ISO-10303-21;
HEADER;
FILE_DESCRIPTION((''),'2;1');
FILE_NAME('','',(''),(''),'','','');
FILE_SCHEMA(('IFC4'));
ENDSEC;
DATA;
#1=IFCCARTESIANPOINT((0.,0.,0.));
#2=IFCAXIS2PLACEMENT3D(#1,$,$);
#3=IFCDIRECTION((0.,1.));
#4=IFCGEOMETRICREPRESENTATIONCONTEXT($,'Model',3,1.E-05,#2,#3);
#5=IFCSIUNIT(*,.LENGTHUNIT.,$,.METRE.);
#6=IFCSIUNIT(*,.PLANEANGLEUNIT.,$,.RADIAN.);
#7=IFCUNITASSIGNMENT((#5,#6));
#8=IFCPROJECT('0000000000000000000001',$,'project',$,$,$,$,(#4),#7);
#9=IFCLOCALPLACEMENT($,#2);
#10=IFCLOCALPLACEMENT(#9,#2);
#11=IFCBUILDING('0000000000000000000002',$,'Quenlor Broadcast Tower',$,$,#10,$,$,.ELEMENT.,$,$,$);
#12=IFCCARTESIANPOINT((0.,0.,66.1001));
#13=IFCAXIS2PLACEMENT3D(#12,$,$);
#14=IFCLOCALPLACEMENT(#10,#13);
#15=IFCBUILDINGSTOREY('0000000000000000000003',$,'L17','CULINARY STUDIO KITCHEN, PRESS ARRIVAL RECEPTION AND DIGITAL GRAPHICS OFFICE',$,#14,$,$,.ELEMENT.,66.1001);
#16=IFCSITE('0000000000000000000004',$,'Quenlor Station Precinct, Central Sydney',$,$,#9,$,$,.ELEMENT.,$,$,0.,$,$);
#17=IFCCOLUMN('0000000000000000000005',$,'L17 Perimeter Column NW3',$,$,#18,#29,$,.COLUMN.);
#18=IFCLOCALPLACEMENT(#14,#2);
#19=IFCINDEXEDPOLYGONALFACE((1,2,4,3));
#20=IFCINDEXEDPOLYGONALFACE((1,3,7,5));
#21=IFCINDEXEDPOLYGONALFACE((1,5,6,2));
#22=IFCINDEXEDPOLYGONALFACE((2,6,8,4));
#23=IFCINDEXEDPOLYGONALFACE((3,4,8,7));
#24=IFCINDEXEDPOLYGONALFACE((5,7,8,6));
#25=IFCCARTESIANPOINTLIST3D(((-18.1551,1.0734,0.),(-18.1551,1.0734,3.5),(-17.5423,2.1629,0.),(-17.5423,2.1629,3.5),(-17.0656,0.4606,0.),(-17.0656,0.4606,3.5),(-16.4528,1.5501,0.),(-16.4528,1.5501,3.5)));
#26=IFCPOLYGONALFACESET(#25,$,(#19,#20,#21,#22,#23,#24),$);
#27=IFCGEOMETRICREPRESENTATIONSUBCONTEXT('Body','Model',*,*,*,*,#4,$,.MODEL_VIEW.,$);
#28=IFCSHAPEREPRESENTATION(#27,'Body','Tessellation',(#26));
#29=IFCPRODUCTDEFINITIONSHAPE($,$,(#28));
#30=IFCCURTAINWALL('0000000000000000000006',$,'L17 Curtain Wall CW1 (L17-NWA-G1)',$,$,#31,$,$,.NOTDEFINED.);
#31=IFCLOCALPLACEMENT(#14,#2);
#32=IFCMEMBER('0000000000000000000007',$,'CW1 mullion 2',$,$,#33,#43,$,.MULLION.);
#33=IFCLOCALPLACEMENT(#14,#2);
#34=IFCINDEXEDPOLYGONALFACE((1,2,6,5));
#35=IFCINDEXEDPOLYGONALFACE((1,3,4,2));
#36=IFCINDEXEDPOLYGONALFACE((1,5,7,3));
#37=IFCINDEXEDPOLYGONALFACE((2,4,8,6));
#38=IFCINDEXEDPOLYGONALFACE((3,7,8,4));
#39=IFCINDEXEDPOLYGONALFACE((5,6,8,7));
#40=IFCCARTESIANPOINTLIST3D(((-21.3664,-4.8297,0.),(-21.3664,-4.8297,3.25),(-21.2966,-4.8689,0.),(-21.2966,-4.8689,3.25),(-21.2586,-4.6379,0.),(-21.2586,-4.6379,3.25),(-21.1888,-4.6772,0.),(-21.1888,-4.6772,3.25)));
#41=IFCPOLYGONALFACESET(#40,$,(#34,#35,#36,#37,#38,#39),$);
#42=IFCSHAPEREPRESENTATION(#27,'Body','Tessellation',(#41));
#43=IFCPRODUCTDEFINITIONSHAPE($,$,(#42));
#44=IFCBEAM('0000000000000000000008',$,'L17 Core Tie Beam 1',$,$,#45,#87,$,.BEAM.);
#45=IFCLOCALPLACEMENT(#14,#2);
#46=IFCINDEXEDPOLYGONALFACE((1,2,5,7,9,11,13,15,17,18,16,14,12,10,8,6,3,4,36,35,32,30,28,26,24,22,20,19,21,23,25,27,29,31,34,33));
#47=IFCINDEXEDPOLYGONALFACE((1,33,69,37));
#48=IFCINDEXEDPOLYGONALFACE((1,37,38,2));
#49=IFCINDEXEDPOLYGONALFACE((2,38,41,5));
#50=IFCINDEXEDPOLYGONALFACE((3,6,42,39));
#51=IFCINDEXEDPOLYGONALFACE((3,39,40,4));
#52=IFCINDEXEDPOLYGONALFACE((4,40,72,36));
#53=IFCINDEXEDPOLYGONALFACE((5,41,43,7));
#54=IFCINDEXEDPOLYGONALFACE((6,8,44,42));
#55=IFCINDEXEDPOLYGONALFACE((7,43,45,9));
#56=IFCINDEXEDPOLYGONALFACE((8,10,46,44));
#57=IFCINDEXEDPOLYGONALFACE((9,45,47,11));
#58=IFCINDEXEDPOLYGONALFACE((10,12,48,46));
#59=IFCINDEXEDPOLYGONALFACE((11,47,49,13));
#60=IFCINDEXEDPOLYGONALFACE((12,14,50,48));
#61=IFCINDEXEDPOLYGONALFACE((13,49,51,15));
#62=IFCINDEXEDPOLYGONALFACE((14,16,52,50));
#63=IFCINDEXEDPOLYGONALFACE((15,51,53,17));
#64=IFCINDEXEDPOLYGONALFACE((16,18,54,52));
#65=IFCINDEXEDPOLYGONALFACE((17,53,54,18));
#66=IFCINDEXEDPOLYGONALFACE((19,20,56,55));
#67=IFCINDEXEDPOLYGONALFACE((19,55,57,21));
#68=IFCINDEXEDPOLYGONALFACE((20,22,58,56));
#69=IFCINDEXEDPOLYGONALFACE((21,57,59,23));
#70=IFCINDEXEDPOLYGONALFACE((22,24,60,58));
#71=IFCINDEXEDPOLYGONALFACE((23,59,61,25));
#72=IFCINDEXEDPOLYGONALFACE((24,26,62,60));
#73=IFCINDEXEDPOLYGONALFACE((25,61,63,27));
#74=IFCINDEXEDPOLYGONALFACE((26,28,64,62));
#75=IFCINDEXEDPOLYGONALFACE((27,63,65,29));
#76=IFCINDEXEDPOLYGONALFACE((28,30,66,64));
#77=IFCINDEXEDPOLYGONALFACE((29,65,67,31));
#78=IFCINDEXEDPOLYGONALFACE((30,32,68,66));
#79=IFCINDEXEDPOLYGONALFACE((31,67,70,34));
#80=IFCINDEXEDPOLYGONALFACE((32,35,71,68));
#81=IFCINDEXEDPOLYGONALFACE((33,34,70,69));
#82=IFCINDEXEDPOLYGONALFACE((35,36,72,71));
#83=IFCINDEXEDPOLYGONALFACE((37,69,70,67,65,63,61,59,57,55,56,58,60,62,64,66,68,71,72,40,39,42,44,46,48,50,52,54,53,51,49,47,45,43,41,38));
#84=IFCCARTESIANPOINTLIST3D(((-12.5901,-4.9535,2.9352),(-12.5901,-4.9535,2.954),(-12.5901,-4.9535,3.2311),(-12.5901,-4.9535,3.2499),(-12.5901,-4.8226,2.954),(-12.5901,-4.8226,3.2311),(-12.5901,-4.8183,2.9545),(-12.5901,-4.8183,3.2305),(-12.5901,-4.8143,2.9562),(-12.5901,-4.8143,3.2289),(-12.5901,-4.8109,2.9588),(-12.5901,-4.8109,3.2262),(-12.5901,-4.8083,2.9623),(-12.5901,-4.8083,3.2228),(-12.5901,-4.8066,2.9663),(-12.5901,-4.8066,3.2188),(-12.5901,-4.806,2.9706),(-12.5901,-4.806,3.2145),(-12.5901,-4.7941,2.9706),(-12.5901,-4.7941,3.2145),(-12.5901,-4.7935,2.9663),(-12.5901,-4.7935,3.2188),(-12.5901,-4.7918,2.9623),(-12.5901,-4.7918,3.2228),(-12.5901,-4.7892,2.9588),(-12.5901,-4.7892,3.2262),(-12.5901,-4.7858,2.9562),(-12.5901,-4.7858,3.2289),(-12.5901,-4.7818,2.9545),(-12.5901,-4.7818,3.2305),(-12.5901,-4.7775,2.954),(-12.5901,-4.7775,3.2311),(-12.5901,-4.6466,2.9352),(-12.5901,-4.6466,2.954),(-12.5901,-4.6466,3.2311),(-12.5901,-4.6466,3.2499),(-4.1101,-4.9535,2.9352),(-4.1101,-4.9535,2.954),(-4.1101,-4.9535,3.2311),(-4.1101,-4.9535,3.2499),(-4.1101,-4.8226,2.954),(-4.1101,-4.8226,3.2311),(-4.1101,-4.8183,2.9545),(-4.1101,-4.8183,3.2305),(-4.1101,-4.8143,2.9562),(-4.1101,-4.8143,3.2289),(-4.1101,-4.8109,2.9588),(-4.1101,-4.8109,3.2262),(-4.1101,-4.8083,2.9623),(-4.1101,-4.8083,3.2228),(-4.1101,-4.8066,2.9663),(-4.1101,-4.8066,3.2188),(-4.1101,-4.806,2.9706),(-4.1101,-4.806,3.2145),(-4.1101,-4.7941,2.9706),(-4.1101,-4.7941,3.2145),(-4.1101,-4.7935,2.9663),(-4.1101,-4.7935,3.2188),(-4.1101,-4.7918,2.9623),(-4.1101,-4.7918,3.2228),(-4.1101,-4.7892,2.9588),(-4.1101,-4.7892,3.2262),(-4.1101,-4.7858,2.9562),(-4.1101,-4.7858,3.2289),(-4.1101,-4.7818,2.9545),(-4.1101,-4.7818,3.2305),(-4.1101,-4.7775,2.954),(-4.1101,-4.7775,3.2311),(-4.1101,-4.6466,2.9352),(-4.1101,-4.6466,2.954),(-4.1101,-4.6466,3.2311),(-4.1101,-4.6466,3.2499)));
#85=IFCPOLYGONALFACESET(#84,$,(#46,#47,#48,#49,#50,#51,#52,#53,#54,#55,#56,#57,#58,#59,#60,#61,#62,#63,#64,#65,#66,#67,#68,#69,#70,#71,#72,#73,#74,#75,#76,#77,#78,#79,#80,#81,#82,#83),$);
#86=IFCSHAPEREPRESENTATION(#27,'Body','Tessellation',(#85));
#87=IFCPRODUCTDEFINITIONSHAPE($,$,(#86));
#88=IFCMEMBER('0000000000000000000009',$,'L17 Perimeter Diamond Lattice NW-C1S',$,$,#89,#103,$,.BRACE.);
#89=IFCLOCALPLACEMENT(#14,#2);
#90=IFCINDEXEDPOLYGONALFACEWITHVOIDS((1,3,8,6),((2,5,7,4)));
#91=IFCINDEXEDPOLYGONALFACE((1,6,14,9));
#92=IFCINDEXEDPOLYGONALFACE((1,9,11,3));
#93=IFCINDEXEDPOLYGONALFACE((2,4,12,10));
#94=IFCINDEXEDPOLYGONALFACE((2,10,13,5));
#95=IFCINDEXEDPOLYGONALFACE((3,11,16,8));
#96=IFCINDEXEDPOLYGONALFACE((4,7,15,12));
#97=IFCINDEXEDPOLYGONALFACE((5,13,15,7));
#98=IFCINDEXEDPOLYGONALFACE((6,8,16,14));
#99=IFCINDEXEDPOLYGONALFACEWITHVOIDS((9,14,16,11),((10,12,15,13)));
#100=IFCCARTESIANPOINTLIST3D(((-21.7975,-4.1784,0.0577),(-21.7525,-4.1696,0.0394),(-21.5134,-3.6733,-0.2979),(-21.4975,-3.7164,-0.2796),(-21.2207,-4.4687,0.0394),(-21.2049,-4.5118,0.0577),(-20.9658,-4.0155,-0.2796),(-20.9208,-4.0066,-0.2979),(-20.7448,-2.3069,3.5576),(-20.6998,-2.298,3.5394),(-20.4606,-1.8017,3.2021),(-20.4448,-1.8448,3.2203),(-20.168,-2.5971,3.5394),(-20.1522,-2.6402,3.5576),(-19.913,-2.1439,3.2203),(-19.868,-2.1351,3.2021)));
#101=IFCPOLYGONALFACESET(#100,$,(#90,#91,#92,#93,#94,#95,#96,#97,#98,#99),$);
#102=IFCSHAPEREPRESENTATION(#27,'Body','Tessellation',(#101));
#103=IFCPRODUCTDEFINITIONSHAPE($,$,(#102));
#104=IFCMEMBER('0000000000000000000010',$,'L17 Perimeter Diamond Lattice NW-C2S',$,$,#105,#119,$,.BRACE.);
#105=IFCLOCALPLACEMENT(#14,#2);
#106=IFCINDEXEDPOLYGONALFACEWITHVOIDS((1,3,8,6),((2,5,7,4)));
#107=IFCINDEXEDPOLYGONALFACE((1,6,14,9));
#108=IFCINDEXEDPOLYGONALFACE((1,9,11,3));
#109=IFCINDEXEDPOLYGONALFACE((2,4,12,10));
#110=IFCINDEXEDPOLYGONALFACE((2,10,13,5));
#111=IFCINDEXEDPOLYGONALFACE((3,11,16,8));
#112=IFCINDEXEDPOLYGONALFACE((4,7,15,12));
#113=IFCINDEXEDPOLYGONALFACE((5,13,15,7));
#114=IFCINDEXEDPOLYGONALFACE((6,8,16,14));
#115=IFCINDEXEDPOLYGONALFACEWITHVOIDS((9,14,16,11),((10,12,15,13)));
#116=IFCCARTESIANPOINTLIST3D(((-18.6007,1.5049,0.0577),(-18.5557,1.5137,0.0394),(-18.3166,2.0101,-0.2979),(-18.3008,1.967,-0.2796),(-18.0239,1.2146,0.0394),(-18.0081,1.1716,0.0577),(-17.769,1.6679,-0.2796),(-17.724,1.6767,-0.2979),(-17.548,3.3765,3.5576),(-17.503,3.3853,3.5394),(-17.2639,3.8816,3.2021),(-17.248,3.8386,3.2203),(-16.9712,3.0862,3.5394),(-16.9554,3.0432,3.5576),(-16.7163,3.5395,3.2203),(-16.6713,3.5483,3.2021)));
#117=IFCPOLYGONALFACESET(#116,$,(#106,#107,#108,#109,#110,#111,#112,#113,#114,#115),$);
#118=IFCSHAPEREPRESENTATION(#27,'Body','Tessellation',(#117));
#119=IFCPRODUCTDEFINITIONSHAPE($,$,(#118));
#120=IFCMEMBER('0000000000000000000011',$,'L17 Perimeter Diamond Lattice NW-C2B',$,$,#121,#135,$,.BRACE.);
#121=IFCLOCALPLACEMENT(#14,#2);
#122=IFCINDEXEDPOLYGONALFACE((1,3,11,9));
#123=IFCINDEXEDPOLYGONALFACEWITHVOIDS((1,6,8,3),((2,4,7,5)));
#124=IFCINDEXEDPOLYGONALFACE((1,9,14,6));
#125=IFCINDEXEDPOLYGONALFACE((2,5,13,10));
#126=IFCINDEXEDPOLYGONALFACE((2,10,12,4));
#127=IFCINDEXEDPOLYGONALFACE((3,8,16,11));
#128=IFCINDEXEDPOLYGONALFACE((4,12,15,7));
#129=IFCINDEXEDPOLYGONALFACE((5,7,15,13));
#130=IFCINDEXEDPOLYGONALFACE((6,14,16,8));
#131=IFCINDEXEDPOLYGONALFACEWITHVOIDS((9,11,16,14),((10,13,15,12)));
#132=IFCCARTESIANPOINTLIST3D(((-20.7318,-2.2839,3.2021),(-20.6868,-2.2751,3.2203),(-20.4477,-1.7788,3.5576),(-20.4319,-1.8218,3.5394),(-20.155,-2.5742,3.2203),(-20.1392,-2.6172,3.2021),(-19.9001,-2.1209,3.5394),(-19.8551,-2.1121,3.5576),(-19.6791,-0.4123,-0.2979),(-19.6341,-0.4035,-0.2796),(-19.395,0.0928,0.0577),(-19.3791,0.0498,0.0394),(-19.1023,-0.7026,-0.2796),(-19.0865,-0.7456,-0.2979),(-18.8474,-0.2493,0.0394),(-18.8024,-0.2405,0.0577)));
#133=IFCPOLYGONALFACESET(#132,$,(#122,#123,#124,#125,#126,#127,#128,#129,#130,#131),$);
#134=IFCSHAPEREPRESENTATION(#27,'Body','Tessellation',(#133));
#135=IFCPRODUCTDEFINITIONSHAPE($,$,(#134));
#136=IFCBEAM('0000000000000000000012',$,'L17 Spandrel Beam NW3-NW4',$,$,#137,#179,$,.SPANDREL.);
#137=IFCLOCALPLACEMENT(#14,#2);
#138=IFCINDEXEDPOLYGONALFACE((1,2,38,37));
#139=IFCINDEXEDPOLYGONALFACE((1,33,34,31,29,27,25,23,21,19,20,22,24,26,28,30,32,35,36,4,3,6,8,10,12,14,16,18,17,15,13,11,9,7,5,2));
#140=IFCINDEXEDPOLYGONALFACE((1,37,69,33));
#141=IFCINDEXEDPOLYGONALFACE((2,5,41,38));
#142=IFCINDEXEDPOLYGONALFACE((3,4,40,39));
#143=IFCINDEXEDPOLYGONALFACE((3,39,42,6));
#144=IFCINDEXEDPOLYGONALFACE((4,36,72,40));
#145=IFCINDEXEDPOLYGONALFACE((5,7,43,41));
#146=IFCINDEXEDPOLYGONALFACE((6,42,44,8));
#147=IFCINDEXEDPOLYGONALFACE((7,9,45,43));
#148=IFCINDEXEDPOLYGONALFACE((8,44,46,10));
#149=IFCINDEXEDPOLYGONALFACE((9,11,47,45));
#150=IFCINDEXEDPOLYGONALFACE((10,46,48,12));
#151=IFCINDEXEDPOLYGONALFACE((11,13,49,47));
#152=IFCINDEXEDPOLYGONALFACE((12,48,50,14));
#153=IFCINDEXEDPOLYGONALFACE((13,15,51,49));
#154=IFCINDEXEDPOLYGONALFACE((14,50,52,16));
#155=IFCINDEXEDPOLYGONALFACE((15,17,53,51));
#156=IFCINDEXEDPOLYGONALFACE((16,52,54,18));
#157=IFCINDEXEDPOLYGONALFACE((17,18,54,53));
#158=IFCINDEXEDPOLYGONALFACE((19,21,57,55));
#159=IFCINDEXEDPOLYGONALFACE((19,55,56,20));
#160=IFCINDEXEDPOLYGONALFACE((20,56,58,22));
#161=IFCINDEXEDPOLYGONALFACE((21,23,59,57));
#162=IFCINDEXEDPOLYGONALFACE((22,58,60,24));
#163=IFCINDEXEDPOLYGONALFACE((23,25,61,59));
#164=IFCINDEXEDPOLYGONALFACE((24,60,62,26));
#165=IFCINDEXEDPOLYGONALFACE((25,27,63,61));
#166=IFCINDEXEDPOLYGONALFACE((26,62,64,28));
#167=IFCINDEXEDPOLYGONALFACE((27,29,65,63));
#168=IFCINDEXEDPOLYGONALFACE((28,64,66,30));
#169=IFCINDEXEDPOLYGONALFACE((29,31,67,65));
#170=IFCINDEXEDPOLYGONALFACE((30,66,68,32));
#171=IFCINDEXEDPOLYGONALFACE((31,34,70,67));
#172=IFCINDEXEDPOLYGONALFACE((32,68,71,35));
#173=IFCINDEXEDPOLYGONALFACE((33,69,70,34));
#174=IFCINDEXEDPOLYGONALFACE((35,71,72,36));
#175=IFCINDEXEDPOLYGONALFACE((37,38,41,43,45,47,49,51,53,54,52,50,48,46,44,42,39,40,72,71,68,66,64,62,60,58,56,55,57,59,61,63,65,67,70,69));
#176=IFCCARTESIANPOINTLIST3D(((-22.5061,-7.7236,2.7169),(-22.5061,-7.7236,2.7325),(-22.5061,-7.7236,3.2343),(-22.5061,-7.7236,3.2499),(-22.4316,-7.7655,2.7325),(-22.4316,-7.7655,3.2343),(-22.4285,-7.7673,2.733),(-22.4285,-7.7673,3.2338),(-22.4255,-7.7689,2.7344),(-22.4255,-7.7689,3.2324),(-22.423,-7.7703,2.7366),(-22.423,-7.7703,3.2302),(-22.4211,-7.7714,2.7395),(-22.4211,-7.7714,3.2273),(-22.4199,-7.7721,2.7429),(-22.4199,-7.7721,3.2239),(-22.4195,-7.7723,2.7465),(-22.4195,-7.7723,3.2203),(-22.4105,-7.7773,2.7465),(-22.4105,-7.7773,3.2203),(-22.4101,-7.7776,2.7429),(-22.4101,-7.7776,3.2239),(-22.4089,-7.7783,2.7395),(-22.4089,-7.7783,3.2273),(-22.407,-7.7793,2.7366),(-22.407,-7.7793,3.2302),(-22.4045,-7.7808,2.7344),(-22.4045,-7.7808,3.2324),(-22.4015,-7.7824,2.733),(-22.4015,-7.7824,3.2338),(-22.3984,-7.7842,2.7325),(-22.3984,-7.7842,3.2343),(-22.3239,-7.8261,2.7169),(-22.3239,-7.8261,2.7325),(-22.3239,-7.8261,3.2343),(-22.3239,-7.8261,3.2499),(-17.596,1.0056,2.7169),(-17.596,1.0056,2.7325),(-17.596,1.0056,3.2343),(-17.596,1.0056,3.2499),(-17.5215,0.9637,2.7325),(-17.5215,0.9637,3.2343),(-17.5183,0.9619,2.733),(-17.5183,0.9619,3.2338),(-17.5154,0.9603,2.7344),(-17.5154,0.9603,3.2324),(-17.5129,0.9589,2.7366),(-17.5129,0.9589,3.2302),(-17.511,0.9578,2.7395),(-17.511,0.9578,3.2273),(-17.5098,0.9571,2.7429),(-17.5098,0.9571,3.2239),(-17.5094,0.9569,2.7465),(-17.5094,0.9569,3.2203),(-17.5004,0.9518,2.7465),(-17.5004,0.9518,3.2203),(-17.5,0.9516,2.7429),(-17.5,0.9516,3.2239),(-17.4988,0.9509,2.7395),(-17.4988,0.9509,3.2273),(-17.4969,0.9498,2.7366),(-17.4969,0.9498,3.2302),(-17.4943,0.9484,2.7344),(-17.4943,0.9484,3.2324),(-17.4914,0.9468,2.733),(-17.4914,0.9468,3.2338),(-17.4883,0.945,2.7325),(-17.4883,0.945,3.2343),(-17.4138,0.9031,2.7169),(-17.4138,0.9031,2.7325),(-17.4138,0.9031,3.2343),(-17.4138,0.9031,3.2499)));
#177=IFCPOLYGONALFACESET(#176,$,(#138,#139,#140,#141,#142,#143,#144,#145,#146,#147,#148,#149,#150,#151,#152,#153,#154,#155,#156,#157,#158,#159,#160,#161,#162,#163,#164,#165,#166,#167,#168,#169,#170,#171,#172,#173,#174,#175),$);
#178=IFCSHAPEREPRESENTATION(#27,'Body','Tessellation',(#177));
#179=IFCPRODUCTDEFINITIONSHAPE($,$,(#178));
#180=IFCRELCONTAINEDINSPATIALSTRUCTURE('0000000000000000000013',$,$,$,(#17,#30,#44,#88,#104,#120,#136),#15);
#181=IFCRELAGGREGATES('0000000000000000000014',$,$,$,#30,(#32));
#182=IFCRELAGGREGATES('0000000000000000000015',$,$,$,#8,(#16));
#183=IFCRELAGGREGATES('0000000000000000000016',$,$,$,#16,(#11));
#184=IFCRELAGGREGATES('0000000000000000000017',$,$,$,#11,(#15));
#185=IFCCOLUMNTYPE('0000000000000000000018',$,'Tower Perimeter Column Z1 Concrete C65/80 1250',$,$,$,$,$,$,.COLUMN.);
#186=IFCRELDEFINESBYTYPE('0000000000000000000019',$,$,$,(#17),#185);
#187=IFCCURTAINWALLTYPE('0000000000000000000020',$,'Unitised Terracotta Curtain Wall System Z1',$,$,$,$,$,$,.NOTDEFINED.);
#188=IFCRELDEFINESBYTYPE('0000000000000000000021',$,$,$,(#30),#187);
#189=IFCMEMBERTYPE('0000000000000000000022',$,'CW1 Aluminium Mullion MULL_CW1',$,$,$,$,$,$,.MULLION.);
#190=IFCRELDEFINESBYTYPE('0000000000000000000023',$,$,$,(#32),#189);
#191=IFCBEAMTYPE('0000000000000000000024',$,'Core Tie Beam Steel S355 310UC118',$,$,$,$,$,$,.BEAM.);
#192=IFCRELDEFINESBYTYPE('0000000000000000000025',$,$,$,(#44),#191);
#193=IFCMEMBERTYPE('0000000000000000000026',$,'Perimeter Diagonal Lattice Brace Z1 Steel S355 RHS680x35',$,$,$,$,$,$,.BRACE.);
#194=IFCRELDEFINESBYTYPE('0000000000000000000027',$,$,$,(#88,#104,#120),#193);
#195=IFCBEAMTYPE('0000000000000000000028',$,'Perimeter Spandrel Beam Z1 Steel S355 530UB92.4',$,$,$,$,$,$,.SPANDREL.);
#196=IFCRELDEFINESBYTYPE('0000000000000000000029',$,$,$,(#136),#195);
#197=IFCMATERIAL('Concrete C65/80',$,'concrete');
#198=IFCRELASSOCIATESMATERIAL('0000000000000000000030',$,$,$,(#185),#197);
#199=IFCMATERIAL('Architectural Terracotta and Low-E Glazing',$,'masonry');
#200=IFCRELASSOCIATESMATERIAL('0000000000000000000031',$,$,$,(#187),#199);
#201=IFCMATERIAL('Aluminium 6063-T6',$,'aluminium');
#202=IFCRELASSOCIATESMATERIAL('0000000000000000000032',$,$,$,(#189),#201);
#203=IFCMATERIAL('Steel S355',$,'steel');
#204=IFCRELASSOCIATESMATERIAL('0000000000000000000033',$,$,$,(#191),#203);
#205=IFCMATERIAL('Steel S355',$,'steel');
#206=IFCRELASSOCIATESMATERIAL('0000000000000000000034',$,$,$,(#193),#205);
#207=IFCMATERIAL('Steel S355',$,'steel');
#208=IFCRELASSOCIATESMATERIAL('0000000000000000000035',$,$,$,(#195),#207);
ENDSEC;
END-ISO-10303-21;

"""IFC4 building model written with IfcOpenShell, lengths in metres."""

from ifc_helpers import new_model, si_unit, direction, frame, origin, origin_2d, place, context, subcontext, project, spatial, rectangle, hollow_rectangle, i_section, extrude, material, material_profile, profile_set, type_object, element, aggregate, save


model = new_model("IFC4")

# Units and contexts
model_context = context("Model", 3, precision=1e-05, world=origin(), true_north=direction((0.0, 1.0)))
body_context = subcontext(model_context, "Body", "Model", "MODEL_VIEW")
ifc_project = project(units=[si_unit("LENGTHUNIT", "METRE"), si_unit("PLANEANGLEUNIT", "RADIAN")], contexts=[model_context])

# Site, building, storey
site_placement = place(None, origin())
site = spatial("IfcSite", under=ifc_project, at=site_placement, Name="Quenlor Station Precinct, Central Sydney", CompositionType="ELEMENT", RefElevation=0.0)
building_placement = place(site_placement, origin())
building = spatial("IfcBuilding", under=site, at=building_placement, Name="Quenlor Broadcast Tower", CompositionType="ELEMENT")
storey_placement = place(building_placement, frame((0.0, 0.0, 66.1001)))
storey = spatial("IfcBuildingStorey", under=building, at=storey_placement, Name="L17", Description="CULINARY STUDIO KITCHEN, PRESS ARRIVAL RECEPTION AND DIGITAL GRAPHICS OFFICE", CompositionType="ELEMENT", Elevation=66.1001)

# Column
ifc_material_1 = material(Name="Concrete C65/80", Category="concrete")
ifc_material_profile_1 = material_profile(ifc_material_1, rectangle(XDim=1.25, YDim=1.25, at=origin_2d()))
ifc_profile_set_1 = profile_set([ifc_material_profile_1], Name="Concrete C65/80 RC1250x1250")
column_type = type_object("IfcColumnType", Name="Tower Perimeter Column Z1 Concrete C65/80 1250", PredefinedType="COLUMN", material=ifc_profile_set_1)
column_placement = place(storey_placement, frame((-17.304, 1.3118, 0.0), z_axis=(0.0, 0.0, 1.0), x_axis=(-0.871575, 0.490262, 0.0)))
element("IfcColumn", 1, at=column_placement, inside=storey, type_object=column_type, Name="L17 Perimeter Column NW3", PredefinedType="COLUMN", context=body_context, shape_type="SweptSolid", body=[
    extrude(rectangle(XDim=1.25, YDim=1.25, at=origin_2d()), origin(), (0.0, 0.0, 1.0), 3.5),
])

# Curtain wall, member
ifc_material_2 = material(Name="Architectural Terracotta and Low-E Glazing", Category="masonry")
curtain_wall_type = type_object("IfcCurtainWallType", Name="Unitised Terracotta Curtain Wall System Z1", PredefinedType="NOTDEFINED", material=ifc_material_2)
curtain_wall_placement = place(storey_placement, origin())
curtain_wall = element("IfcCurtainWall", 2, at=curtain_wall_placement, inside=storey, type_object=curtain_wall_type, Name="L17 Curtain Wall CW1 (L17-NWA-G1)", PredefinedType="NOTDEFINED")
ifc_material_3 = material(Name="Aluminium 6063-T6", Category="aluminium")
ifc_material_profile_2 = material_profile(ifc_material_3, rectangle(XDim=0.0801, YDim=0.22, at=origin_2d()))
ifc_profile_set_2 = profile_set([ifc_material_profile_2], Name="Aluminium 6063-T6 MULL80x220")
member_type_1 = type_object("IfcMemberType", Name="CW1 Aluminium Mullion MULL_CW1", PredefinedType="MULLION", material=ifc_profile_set_2)
member_placement = place(storey_placement, frame((-21.2776, -4.7534, 0.0), z_axis=(0.0, 0.0, 1.0), x_axis=(-0.871602, 0.490214, 0.0)))
member = element("IfcMember", 3, at=member_placement, type_object=member_type_1, Name="CW1 mullion 2", PredefinedType="MULLION", context=body_context, shape_type="SweptSolid", body=[
    extrude(rectangle(XDim=0.0801, YDim=0.22, at=origin_2d()), origin(), (0.0, 0.0, 1.0), 3.25),
])
aggregate(curtain_wall, [member])

# Beam
ifc_material_4 = material(Name="Steel S355", Category="steel")
ifc_material_profile_3 = material_profile(ifc_material_4, i_section(OverallWidth=0.3069, OverallDepth=0.3147, WebThickness=0.012, FlangeThickness=0.0188, FilletRadius=0.0166, at=origin_2d()))
ifc_profile_set_3 = profile_set([ifc_material_profile_3], Name="Steel S355 310UC118")
beam_type_1 = type_object("IfcBeamType", Name="Core Tie Beam Steel S355 310UC118", PredefinedType="BEAM", material=ifc_profile_set_3)
beam_1_placement = place(storey_placement, frame((-12.5901, -4.8, 3.0925), z_axis=(1.0, 0.0, 0.0), x_axis=(0.0, 1.0, 0.0)))
element("IfcBeam", 4, at=beam_1_placement, inside=storey, type_object=beam_type_1, Name="L17 Core Tie Beam 1", PredefinedType="BEAM", context=body_context, shape_type="SweptSolid", body=[
    extrude(i_section(OverallWidth=0.3069, OverallDepth=0.3147, WebThickness=0.012, FlangeThickness=0.0188, FilletRadius=0.0166, at=origin_2d()), origin(), (0.0, 0.0, 1.0), 8.48),
])

# Members
ifc_material_5 = material(Name="Steel S355", Category="steel")
ifc_material_profile_4 = material_profile(ifc_material_5, hollow_rectangle(XDim=0.6799, YDim=0.6799, WallThickness=0.0349, at=origin_2d()))
ifc_profile_set_4 = profile_set([ifc_material_profile_4], Name="Steel S355 RHS680x680x35")
member_type_2 = type_object("IfcMemberType", Name="Perimeter Diagonal Lattice Brace Z1 Steel S355 RHS680x35", PredefinedType="BRACE", material=ifc_profile_set_4)
for number, where, z_axis, x_axis, name in (
    (5, (-21.3591, -4.0925, -0.1201), (0.256375, 0.455792, 0.852365), (-0.871582, 0.49025, 0.0), "L17 Perimeter Diamond Lattice NW-C1S"),
    (6, (-18.1624, 1.5908, -0.1201), (0.256375, 0.455792, 0.852365), (-0.871582, 0.49025, 0.0), "L17 Perimeter Diamond Lattice NW-C2S"),
    (7, (-19.2407, -0.3264, -0.1201), (-0.256375, -0.455792, 0.852365), (0.871582, -0.49025, 0.0), "L17 Perimeter Diamond Lattice NW-C2B"),
):
    element("IfcMember", number, at=place(storey_placement, frame(where, z_axis=z_axis, x_axis=x_axis)), inside=storey, type_object=member_type_2, Name=name, PredefinedType="BRACE", context=body_context, shape_type="SweptSolid", body=[
        extrude(hollow_rectangle(XDim=0.6799, YDim=0.6799, WallThickness=0.0349, at=origin_2d()), origin(), (0.0, 0.0, 1.0), 4.1062),
    ])

# Beam
ifc_material_6 = material(Name="Steel S355", Category="steel")
ifc_material_profile_5 = material_profile(ifc_material_6, i_section(OverallWidth=0.209, OverallDepth=0.533, WebThickness=0.0103, FlangeThickness=0.0156, FilletRadius=0.0139, at=origin_2d()))
ifc_profile_set_5 = profile_set([ifc_material_profile_5], Name="Steel S355 530UB92.4")
beam_type_2 = type_object("IfcBeamType", Name="Perimeter Spandrel Beam Z1 Steel S355 530UB92.4", PredefinedType="SPANDREL", material=ifc_profile_set_5)
beam_2_placement = place(storey_placement, frame((-17.5049, 0.9543, 2.9834), z_axis=(-0.490258, -0.871577, 0.0), x_axis=(0.871577, -0.490258, 0.0)))
element("IfcBeam", 8, at=beam_2_placement, inside=storey, type_object=beam_type_2, Name="L17 Spandrel Beam NW3-NW4", PredefinedType="SPANDREL", context=body_context, shape_type="SweptSolid", body=[
    extrude(i_section(OverallWidth=0.209, OverallDepth=0.533, WebThickness=0.0103, FlangeThickness=0.0156, FilletRadius=0.0139, at=origin_2d()), origin(), (0.0, 0.0, 1.0), 10.0154),
])

save(model, "model.ifc")
